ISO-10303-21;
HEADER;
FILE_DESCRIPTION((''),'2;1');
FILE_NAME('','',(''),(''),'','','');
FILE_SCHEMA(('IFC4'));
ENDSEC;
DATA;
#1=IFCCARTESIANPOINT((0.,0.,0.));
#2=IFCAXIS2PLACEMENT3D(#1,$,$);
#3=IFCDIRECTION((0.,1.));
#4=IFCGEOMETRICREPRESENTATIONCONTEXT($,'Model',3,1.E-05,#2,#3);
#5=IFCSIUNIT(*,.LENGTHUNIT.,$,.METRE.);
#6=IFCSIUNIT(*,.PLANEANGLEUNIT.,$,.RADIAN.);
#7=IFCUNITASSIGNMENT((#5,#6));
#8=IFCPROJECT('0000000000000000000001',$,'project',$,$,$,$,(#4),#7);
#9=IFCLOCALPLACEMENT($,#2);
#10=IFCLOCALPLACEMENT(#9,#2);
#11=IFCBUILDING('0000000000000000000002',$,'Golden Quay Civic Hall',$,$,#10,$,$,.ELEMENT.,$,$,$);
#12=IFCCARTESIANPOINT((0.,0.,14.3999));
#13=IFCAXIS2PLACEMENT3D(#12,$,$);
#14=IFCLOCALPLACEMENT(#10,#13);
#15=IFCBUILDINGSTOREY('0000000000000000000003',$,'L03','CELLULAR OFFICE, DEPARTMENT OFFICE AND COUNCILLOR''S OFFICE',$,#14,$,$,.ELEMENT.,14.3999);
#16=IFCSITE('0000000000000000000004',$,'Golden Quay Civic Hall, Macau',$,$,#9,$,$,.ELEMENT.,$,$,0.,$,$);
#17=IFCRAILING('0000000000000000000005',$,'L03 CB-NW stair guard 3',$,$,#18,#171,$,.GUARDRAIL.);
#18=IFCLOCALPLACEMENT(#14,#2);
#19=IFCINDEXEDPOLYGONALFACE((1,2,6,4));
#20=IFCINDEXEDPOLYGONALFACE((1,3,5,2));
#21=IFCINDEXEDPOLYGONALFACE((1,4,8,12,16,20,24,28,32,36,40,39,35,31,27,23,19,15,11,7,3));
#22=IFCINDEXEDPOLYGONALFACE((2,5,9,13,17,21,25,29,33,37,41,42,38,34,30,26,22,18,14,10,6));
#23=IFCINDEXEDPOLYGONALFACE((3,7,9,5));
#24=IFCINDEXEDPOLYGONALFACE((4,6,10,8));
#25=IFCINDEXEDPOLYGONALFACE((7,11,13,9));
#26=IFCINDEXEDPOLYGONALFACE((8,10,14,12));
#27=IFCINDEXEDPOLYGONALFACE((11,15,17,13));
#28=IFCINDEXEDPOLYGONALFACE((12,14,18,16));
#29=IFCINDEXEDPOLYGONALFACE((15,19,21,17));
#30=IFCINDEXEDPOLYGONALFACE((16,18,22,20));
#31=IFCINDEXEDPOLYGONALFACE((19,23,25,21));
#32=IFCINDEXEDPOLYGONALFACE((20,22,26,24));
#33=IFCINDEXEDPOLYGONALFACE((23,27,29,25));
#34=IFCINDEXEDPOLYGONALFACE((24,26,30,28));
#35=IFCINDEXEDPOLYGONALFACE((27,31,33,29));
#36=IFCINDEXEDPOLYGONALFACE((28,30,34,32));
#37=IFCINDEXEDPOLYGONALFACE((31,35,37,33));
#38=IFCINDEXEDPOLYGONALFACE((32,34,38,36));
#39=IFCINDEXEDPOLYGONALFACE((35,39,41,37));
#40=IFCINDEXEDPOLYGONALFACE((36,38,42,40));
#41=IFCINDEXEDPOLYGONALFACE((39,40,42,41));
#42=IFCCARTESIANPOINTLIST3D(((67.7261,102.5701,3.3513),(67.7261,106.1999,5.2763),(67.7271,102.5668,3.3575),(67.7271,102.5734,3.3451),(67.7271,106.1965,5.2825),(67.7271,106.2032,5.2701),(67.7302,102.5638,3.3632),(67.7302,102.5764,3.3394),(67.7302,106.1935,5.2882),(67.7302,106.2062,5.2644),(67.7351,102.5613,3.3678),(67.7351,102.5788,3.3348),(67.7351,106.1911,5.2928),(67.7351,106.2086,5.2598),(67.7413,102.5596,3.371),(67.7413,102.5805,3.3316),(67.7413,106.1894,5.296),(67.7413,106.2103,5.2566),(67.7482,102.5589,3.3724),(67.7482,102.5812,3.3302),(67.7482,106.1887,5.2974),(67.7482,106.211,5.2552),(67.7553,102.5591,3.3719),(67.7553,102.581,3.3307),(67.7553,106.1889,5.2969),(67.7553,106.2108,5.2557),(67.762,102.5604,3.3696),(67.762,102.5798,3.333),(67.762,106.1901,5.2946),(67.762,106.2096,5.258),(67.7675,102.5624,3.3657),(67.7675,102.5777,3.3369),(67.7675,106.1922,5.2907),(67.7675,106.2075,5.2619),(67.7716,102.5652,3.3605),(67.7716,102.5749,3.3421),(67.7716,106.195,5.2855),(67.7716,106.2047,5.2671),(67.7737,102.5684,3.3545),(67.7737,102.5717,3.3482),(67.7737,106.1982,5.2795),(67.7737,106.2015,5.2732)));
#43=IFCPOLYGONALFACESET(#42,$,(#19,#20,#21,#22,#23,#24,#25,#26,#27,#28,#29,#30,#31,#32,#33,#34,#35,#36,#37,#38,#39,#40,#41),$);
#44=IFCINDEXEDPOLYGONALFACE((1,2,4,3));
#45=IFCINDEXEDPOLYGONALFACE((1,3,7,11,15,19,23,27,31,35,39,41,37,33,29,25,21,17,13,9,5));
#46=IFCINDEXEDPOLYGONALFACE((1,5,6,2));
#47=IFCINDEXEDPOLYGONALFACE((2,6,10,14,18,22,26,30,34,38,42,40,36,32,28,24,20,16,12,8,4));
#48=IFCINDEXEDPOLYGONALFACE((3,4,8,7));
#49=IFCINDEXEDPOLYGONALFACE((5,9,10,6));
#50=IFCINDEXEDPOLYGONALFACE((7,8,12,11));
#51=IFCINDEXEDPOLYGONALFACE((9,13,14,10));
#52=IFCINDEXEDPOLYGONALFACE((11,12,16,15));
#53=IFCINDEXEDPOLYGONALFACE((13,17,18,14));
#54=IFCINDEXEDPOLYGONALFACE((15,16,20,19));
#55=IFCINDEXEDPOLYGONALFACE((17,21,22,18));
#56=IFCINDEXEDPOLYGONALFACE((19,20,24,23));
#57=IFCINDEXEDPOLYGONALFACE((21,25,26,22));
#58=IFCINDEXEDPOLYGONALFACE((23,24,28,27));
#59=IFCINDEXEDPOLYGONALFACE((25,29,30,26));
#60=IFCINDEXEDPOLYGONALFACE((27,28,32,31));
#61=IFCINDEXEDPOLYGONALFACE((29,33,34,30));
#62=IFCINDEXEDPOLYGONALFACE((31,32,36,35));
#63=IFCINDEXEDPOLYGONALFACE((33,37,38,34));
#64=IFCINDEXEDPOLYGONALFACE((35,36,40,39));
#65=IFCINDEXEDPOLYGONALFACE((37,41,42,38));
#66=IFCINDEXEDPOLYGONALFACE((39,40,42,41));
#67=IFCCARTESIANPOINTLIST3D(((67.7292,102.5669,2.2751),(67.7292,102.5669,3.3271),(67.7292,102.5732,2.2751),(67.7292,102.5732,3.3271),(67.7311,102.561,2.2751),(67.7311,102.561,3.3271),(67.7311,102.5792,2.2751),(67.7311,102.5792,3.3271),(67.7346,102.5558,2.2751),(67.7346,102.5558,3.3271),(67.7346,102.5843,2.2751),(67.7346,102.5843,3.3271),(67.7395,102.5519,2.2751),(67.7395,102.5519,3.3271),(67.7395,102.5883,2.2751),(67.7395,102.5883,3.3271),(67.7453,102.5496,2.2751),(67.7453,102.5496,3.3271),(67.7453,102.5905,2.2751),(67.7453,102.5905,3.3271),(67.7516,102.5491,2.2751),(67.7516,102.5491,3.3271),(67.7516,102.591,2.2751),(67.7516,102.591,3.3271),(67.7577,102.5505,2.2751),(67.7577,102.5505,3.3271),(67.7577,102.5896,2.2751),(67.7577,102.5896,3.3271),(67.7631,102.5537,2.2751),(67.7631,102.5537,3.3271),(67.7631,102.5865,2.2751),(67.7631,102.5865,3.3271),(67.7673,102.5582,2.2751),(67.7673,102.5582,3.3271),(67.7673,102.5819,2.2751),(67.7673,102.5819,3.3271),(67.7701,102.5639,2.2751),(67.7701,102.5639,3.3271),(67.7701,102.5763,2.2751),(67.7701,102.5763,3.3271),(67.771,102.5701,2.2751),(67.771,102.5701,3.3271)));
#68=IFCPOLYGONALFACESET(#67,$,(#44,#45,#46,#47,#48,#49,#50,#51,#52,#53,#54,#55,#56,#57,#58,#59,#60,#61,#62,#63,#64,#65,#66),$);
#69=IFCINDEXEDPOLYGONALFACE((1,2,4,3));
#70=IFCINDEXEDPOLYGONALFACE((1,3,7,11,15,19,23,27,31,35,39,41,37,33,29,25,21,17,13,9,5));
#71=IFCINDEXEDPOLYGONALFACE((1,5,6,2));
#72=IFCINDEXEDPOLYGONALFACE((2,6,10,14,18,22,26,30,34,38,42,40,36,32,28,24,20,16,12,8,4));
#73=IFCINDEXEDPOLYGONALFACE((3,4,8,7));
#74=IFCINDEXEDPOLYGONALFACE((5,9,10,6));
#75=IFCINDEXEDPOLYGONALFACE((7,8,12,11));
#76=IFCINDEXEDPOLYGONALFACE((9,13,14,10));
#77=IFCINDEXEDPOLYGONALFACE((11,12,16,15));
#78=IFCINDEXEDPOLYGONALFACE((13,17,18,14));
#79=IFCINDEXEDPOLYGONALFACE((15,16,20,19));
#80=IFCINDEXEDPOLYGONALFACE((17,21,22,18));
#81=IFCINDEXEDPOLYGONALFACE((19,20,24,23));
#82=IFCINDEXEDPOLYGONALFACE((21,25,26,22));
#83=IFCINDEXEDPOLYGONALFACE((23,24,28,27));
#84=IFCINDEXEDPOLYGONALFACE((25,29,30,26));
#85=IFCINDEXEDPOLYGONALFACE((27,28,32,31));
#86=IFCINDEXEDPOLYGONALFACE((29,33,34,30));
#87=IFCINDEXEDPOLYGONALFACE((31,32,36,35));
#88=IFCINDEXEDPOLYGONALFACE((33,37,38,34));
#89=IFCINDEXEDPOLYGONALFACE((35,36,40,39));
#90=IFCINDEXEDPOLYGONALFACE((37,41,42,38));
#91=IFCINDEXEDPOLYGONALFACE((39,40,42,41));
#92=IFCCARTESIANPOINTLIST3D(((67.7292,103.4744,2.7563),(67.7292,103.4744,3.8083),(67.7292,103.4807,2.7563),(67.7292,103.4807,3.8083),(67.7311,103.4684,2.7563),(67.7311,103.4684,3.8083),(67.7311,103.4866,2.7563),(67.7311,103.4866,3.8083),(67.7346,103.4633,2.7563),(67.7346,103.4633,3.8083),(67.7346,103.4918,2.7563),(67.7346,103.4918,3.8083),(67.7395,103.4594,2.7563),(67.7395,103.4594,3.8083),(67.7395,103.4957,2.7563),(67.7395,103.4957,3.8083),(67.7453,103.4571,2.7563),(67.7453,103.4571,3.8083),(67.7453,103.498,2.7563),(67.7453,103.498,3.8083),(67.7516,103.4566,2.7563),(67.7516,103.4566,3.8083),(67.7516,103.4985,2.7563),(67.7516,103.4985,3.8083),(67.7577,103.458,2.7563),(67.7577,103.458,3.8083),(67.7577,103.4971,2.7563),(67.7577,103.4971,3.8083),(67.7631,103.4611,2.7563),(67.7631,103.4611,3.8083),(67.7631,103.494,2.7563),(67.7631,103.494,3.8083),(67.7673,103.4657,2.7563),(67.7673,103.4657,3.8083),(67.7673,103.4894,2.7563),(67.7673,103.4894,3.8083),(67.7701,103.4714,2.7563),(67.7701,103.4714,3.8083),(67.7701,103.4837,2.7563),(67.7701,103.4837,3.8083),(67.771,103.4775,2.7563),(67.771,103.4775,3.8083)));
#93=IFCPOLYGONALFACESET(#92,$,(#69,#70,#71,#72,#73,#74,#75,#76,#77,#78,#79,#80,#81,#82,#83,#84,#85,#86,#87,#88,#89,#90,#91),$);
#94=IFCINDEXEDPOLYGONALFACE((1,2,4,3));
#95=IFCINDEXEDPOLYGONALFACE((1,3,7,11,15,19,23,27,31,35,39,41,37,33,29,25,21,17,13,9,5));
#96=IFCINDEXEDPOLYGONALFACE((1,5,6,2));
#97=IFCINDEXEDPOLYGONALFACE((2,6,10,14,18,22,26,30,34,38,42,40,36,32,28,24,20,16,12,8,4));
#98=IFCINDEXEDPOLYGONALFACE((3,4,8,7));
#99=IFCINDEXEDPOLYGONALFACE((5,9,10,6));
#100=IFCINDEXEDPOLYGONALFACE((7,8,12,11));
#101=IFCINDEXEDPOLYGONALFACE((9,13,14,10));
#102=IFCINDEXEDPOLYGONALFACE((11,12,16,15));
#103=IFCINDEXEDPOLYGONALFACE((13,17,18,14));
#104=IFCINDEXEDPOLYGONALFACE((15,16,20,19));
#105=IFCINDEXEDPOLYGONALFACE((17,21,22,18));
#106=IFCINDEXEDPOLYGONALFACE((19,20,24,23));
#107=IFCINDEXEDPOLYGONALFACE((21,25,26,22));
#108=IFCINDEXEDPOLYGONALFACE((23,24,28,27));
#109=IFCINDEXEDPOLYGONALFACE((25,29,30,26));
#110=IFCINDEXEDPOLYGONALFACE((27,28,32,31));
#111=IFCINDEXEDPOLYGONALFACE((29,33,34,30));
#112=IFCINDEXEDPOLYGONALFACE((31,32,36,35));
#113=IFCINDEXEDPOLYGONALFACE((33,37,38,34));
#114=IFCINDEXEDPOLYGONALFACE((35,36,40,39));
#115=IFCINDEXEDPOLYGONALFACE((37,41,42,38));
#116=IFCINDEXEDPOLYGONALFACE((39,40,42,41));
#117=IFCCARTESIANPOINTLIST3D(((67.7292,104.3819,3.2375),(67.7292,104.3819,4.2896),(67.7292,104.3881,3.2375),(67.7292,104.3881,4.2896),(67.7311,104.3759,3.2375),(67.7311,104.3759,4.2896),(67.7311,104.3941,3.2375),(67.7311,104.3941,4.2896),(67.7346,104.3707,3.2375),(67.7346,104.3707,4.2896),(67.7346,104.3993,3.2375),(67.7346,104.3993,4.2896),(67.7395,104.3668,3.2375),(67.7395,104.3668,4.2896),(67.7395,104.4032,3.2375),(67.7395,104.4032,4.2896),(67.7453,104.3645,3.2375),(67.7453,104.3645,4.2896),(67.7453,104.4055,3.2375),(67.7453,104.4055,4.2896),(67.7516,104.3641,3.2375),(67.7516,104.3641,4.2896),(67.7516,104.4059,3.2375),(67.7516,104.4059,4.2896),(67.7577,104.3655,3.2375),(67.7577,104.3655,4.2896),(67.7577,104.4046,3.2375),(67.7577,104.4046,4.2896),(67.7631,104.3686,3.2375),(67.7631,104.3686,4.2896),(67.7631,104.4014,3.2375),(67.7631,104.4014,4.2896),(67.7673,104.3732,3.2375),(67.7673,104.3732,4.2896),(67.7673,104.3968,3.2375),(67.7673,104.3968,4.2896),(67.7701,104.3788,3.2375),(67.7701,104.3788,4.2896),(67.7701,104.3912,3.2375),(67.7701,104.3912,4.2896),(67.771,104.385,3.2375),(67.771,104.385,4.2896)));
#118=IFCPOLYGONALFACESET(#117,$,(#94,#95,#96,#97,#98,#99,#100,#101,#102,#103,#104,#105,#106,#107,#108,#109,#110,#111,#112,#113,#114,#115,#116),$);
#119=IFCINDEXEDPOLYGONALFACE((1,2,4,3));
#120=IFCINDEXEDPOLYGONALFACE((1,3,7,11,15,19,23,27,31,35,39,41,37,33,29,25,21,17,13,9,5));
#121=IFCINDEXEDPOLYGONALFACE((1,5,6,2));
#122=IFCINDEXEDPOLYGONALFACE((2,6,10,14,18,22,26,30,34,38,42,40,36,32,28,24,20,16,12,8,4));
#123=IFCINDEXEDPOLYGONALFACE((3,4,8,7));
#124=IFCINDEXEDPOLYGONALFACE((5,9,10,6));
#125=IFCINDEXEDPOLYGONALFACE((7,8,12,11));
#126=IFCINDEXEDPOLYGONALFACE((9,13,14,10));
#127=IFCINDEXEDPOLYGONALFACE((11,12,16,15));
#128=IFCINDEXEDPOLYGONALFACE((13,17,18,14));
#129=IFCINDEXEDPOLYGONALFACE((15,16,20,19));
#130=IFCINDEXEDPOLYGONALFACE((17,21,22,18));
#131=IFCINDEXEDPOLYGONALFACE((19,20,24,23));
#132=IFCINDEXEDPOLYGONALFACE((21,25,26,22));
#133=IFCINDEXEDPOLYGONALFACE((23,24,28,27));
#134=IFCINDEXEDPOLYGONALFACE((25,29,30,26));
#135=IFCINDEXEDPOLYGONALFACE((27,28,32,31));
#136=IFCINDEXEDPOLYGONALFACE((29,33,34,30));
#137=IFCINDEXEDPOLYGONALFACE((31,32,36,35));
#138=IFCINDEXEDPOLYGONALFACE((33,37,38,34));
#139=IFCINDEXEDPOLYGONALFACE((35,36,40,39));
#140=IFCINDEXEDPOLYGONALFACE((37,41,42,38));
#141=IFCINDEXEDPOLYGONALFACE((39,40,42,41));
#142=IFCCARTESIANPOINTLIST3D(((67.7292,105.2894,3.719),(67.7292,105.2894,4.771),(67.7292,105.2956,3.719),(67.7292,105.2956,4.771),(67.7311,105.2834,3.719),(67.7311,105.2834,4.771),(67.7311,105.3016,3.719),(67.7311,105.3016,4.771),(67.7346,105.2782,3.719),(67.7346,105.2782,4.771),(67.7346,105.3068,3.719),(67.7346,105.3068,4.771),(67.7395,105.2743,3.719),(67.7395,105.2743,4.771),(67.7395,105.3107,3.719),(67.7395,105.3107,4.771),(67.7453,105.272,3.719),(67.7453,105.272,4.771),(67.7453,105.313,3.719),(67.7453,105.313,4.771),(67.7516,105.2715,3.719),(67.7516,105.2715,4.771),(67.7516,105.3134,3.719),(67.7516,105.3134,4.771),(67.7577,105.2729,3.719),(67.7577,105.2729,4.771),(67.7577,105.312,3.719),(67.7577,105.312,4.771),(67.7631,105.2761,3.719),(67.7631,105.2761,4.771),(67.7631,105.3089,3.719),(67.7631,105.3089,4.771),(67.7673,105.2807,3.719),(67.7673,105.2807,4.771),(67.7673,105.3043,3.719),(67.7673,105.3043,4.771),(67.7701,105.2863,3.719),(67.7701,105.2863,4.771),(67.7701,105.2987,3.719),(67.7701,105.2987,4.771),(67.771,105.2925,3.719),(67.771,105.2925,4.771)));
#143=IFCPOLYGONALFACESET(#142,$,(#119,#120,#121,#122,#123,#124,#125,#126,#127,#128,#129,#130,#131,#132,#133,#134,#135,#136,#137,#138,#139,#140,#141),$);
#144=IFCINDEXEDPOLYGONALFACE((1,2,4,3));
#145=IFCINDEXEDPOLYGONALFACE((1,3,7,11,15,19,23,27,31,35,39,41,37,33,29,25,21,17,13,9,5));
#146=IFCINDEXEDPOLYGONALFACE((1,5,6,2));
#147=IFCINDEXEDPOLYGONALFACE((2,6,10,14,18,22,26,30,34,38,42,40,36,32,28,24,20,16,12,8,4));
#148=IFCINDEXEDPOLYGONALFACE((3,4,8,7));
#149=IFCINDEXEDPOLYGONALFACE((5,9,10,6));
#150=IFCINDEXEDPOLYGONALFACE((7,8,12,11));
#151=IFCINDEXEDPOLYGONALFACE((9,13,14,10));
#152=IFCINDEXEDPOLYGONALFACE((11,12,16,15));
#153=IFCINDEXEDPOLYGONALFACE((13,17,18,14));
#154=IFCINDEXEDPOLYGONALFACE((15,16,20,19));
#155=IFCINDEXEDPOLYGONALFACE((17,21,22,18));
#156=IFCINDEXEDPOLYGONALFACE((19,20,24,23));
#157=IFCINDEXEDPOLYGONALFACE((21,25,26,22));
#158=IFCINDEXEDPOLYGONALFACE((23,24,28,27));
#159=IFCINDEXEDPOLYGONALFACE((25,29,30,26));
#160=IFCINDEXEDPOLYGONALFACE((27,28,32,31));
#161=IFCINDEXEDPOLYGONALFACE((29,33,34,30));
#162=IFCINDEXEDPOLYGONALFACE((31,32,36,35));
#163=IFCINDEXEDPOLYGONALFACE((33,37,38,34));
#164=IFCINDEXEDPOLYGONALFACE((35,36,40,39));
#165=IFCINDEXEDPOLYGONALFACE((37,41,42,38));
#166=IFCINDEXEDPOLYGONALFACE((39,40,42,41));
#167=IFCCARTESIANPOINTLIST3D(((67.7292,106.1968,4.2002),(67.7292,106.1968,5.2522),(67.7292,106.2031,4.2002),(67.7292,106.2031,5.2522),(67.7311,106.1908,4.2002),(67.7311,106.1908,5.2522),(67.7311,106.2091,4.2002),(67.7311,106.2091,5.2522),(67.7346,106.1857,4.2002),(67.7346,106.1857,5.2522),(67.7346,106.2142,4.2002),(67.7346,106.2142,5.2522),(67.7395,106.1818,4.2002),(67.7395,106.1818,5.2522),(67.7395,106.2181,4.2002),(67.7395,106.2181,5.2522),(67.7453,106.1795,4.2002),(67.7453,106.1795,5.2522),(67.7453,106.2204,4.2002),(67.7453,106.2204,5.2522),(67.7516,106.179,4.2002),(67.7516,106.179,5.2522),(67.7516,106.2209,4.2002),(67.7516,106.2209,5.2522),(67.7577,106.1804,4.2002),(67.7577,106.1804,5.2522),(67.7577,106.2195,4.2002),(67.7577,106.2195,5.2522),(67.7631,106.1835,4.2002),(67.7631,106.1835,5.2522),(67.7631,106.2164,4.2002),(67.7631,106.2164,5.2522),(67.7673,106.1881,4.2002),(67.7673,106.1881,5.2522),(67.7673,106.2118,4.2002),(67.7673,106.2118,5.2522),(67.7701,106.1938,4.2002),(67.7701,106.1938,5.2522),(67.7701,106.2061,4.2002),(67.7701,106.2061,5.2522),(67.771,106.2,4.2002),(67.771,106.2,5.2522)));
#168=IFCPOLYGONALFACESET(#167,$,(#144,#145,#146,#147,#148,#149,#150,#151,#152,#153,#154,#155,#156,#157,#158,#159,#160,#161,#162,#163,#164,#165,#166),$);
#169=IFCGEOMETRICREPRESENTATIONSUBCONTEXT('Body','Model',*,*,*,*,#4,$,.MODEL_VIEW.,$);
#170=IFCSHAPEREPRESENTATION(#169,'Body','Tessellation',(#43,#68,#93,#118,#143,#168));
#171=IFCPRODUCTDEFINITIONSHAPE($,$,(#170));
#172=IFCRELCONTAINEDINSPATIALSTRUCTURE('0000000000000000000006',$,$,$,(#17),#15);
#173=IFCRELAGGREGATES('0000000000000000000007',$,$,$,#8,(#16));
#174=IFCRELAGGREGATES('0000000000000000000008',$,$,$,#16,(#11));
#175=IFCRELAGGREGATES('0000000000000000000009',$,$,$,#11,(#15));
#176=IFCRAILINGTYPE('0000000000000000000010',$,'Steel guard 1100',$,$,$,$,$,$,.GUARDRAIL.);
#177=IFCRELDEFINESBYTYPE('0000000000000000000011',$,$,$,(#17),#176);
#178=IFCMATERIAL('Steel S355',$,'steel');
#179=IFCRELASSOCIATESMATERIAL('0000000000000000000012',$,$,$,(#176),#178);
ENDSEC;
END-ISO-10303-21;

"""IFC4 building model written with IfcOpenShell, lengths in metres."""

from ifc_helpers import new_model, si_unit, direction, frame, origin, origin_2d, place, context, subcontext, project, spatial, circle, extrude, material, type_object, element, save


model = new_model("IFC4")

# Units and contexts
model_context = context("Model", 3, precision=1e-05, world=origin(), true_north=direction((0.0, 1.0)))
body_context = subcontext(model_context, "Body", "Model", "MODEL_VIEW")
ifc_project = project(units=[si_unit("LENGTHUNIT", "METRE"), si_unit("PLANEANGLEUNIT", "RADIAN")], contexts=[model_context])

# Site, building, storey
site_placement = place(None, origin())
site = spatial("IfcSite", under=ifc_project, at=site_placement, Name="Golden Quay Civic Hall, Macau", CompositionType="ELEMENT", RefElevation=0.0)
building_placement = place(site_placement, origin())
building = spatial("IfcBuilding", under=site, at=building_placement, Name="Golden Quay Civic Hall", CompositionType="ELEMENT")
storey_placement = place(building_placement, frame((0.0, 0.0, 14.3999)))
storey = spatial("IfcBuildingStorey", under=building, at=storey_placement, Name="L03", Description="CELLULAR OFFICE, DEPARTMENT OFFICE AND COUNCILLOR'S OFFICE", CompositionType="ELEMENT", Elevation=14.3999)

# Railing
ifc_material_1 = material(Name="Steel S355", Category="steel")
railing_type_1 = type_object("IfcRailingType", Name="Steel guard 1100", PredefinedType="GUARDRAIL", material=ifc_material_1)
railing_1_placement = place(storey_placement, frame((67.75, 102.5701, 2.2751)))
element("IfcRailing", 1, at=railing_1_placement, inside=storey, type_object=railing_type_1, Name="L03 CB-NW stair guard 3", PredefinedType="GUARDRAIL", context=body_context, shape_type="SweptSolid", body=[
    extrude(circle(Radius=0.0239, at=origin_2d()), frame((0.0, 0.0, 1.0762), z_axis=(0.0, 0.883451, 0.468524), x_axis=(-1.0, 0.0, 0.0)), (0.0, 0.0, 1.0), 4.1086),
    extrude(circle(Radius=0.021, at=origin_2d()), origin(), (0.0, 0.0, 1.0), 1.052),
    extrude(circle(Radius=0.021, at=origin_2d()), frame((0.0, 0.9075, 0.4812)), (0.0, 0.0, 1.0), 1.052),
    extrude(circle(Radius=0.021, at=origin_2d()), frame((0.0, 1.8149, 0.9624)), (0.0, 0.0, 1.0), 1.052),
    extrude(circle(Radius=0.021, at=origin_2d()), frame((0.0, 2.7224, 1.4438)), (0.0, 0.0, 1.0), 1.052),
    extrude(circle(Radius=0.021, at=origin_2d()), frame((0.0, 3.6299, 1.925)), (0.0, 0.0, 1.0), 1.052),
])

save(model, "model.ifc")
